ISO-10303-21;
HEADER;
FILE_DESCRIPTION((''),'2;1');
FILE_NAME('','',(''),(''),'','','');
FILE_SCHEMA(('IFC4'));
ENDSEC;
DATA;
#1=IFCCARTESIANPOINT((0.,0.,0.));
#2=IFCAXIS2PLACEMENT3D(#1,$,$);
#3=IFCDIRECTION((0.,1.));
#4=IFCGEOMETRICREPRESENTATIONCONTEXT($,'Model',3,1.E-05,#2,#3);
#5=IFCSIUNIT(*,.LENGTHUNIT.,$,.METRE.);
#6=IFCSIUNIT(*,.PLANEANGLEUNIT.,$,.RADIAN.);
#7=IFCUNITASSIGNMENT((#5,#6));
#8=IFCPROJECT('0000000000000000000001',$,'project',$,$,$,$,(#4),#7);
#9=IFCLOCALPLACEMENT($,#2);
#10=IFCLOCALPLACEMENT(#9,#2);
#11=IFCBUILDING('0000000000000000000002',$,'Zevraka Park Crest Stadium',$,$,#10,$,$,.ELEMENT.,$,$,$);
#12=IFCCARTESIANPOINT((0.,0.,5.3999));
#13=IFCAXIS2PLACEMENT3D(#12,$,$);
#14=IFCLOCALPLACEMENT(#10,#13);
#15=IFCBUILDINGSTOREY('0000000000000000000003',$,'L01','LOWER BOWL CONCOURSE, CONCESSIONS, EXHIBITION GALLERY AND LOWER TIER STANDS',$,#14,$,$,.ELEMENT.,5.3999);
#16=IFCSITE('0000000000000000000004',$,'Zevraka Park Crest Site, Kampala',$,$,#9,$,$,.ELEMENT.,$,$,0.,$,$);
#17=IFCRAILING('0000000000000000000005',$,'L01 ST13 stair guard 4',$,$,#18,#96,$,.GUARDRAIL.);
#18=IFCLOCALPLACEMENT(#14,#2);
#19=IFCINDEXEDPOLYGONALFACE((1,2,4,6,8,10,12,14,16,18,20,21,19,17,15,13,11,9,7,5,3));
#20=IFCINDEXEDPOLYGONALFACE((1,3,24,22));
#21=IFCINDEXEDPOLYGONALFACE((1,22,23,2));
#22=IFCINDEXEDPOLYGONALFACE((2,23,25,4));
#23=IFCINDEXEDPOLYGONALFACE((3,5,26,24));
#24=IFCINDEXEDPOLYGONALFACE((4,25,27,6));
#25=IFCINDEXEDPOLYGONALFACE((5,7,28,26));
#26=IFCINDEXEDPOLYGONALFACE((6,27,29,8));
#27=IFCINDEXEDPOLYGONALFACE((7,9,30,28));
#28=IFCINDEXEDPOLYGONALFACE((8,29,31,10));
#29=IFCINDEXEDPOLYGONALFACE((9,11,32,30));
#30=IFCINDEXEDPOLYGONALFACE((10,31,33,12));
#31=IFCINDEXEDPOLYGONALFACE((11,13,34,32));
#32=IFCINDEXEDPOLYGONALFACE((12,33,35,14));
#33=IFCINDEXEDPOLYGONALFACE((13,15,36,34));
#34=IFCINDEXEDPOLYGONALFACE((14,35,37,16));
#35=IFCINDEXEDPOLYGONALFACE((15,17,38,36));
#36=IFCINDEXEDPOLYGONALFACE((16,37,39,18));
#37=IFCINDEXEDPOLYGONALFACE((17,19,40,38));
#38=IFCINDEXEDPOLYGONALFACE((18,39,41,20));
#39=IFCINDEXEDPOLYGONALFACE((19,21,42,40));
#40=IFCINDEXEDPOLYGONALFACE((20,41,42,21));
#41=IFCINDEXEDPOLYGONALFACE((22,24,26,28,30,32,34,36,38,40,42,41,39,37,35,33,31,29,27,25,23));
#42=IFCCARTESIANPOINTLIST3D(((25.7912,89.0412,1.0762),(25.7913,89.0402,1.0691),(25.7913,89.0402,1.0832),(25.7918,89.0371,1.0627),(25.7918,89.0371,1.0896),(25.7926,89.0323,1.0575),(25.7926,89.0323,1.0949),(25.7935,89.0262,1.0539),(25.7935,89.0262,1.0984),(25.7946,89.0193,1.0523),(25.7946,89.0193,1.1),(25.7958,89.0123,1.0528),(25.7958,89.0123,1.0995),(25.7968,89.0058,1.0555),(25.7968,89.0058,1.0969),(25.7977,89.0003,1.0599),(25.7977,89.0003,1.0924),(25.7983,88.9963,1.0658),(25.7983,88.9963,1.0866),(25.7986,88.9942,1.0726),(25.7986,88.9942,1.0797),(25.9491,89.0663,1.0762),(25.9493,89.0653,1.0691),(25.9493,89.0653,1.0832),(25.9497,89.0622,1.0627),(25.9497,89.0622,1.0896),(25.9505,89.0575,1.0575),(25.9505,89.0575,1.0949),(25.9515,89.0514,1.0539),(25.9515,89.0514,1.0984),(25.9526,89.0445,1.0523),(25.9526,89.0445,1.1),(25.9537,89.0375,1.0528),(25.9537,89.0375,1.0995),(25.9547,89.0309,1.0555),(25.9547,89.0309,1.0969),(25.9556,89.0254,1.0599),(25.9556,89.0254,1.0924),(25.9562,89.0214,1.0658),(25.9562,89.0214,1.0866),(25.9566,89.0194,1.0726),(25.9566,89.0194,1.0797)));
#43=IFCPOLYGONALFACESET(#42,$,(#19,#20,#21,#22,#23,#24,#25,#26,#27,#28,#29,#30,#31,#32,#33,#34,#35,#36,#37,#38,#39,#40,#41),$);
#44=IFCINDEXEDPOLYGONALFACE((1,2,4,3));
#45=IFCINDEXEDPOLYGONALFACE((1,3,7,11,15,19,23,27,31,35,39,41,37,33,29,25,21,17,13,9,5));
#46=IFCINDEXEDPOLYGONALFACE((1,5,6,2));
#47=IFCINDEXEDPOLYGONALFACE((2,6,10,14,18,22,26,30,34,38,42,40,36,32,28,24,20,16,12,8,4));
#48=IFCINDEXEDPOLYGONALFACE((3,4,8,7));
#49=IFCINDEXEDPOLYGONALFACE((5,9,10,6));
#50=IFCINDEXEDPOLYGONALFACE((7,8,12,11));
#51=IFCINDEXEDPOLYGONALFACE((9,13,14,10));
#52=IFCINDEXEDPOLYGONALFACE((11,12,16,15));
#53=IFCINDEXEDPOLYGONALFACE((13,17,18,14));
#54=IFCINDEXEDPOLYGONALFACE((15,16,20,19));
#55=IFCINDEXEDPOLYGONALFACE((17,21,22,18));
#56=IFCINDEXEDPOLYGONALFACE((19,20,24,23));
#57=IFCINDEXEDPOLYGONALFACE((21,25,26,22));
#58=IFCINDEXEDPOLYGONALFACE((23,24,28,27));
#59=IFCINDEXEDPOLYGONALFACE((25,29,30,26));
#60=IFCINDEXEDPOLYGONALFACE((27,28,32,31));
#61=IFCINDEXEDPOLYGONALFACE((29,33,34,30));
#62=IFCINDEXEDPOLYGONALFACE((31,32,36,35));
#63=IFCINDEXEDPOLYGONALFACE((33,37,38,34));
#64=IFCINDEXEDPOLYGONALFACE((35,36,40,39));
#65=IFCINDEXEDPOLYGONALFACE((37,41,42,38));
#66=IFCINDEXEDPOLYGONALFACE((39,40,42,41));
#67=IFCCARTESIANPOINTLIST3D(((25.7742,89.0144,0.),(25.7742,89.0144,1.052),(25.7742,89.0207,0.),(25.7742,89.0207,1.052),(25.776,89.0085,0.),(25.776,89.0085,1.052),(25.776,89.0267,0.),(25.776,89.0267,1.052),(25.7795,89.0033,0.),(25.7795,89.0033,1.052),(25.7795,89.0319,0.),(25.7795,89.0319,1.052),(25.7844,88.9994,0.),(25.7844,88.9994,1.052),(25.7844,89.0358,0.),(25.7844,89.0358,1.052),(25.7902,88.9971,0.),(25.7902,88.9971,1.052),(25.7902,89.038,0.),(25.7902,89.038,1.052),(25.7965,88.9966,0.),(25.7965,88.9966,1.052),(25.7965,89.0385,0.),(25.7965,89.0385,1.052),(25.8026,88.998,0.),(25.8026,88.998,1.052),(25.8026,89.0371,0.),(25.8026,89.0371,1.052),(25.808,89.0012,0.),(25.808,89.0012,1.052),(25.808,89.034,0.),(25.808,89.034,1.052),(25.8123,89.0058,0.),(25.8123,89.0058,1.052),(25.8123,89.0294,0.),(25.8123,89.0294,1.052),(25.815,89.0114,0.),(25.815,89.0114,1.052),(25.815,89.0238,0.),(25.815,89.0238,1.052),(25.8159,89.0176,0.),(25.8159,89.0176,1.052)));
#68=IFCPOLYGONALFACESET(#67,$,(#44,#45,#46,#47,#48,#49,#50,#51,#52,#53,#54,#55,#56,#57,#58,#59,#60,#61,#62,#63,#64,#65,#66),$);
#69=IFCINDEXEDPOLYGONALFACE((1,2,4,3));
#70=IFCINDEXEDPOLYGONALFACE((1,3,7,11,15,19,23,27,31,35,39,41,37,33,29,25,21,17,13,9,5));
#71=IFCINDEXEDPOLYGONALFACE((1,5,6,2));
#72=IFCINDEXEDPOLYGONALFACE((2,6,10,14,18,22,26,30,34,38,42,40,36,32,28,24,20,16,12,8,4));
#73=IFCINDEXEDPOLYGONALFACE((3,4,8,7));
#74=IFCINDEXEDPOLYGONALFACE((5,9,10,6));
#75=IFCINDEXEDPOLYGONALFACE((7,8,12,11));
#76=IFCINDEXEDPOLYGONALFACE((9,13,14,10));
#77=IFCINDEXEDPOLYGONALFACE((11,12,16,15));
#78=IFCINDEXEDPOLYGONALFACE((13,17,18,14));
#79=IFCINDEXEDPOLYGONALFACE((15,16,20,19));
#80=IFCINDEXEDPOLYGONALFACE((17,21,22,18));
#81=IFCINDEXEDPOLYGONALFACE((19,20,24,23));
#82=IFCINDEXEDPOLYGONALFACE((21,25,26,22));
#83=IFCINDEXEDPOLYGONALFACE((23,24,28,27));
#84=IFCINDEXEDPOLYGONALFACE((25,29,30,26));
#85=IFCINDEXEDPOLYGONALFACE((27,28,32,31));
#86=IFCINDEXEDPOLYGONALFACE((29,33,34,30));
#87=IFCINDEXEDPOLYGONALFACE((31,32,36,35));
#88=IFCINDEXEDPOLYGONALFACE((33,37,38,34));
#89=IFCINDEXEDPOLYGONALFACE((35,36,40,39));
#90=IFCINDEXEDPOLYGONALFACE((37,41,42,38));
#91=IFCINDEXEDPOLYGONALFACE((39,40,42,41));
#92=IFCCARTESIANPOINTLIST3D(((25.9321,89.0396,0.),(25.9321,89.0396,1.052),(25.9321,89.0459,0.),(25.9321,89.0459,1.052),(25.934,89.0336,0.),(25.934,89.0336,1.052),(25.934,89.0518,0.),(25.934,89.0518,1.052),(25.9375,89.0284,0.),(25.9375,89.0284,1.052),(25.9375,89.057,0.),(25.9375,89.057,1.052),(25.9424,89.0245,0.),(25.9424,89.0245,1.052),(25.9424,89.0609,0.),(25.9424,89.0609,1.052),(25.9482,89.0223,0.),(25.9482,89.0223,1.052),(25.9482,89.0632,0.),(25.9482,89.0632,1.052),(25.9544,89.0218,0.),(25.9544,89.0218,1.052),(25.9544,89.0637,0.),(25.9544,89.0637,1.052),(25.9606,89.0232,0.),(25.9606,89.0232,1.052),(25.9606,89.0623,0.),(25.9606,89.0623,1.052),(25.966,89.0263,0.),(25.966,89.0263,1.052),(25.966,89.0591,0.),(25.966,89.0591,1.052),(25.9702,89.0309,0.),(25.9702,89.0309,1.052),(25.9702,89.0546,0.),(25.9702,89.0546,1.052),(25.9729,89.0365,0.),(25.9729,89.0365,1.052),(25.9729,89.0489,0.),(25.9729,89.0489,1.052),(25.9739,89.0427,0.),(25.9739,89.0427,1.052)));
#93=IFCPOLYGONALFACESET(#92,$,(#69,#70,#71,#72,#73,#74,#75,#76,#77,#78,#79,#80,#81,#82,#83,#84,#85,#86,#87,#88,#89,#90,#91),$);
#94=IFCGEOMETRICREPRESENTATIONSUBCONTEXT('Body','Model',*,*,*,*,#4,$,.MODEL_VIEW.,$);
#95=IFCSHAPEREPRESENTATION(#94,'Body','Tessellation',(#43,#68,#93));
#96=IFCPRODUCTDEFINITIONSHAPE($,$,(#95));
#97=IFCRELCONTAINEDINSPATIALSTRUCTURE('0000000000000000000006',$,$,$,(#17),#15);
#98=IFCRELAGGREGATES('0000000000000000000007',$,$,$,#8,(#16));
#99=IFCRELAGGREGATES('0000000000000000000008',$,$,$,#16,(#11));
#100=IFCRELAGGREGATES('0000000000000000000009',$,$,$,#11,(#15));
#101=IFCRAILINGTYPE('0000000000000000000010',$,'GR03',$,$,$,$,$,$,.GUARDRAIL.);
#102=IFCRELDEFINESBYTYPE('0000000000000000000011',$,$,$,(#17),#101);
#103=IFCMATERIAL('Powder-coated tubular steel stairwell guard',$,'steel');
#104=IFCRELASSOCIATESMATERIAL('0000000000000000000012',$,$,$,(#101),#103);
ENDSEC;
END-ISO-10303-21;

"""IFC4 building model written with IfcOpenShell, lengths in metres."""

from ifc_helpers import new_model, si_unit, direction, frame, origin, origin_2d, place, context, subcontext, project, spatial, circle, extrude, material, type_object, element, save


model = new_model("IFC4")

# Units and contexts
model_context = context("Model", 3, precision=1e-05, world=origin(), true_north=direction((0.0, 1.0)))
body_context = subcontext(model_context, "Body", "Model", "MODEL_VIEW")
ifc_project = project(units=[si_unit("LENGTHUNIT", "METRE"), si_unit("PLANEANGLEUNIT", "RADIAN")], contexts=[model_context])

# Site, building, storey
site_placement = place(None, origin())
site = spatial("IfcSite", under=ifc_project, at=site_placement, Name="Zevraka Park Crest Site, Kampala", CompositionType="ELEMENT", RefElevation=0.0)
building_placement = place(site_placement, origin())
building = spatial("IfcBuilding", under=site, at=building_placement, Name="Zevraka Park Crest Stadium", CompositionType="ELEMENT")
storey_placement = place(building_placement, frame((0.0, 0.0, 5.3999)))
storey = spatial("IfcBuildingStorey", under=building, at=storey_placement, Name="L01", Description="LOWER BOWL CONCOURSE, CONCESSIONS, EXHIBITION GALLERY AND LOWER TIER STANDS", CompositionType="ELEMENT", Elevation=5.3999)

# Railing
ifc_material_1 = material(Name="Powder-coated tubular steel stairwell guard", Category="steel")
railing_type_1 = type_object("IfcRailingType", Name="GR03", PredefinedType="GUARDRAIL", material=ifc_material_1)
railing_1_placement = place(storey_placement, frame((25.7949, 89.0176, 0.0)))
element("IfcRailing", 1, at=railing_1_placement, inside=storey, type_object=railing_type_1, Name="L01 ST13 stair guard 4", PredefinedType="GUARDRAIL", context=body_context, shape_type="SweptSolid", body=[
    extrude(circle(Radius=0.0239, at=origin_2d()), frame((0.0, 0.0, 1.0762), z_axis=(0.987564, 0.157217, 0.0), x_axis=(-0.157217, 0.987564, 0.0)), (0.0, 0.0, 1.0), 0.1599),
    extrude(circle(Radius=0.021, at=origin_2d()), origin(), (0.0, 0.0, 1.0), 1.052),
    extrude(circle(Radius=0.021, at=origin_2d()), frame((0.158, 0.0251, 0.0)), (0.0, 0.0, 1.0), 1.052),
])

save(model, "model.ifc")
